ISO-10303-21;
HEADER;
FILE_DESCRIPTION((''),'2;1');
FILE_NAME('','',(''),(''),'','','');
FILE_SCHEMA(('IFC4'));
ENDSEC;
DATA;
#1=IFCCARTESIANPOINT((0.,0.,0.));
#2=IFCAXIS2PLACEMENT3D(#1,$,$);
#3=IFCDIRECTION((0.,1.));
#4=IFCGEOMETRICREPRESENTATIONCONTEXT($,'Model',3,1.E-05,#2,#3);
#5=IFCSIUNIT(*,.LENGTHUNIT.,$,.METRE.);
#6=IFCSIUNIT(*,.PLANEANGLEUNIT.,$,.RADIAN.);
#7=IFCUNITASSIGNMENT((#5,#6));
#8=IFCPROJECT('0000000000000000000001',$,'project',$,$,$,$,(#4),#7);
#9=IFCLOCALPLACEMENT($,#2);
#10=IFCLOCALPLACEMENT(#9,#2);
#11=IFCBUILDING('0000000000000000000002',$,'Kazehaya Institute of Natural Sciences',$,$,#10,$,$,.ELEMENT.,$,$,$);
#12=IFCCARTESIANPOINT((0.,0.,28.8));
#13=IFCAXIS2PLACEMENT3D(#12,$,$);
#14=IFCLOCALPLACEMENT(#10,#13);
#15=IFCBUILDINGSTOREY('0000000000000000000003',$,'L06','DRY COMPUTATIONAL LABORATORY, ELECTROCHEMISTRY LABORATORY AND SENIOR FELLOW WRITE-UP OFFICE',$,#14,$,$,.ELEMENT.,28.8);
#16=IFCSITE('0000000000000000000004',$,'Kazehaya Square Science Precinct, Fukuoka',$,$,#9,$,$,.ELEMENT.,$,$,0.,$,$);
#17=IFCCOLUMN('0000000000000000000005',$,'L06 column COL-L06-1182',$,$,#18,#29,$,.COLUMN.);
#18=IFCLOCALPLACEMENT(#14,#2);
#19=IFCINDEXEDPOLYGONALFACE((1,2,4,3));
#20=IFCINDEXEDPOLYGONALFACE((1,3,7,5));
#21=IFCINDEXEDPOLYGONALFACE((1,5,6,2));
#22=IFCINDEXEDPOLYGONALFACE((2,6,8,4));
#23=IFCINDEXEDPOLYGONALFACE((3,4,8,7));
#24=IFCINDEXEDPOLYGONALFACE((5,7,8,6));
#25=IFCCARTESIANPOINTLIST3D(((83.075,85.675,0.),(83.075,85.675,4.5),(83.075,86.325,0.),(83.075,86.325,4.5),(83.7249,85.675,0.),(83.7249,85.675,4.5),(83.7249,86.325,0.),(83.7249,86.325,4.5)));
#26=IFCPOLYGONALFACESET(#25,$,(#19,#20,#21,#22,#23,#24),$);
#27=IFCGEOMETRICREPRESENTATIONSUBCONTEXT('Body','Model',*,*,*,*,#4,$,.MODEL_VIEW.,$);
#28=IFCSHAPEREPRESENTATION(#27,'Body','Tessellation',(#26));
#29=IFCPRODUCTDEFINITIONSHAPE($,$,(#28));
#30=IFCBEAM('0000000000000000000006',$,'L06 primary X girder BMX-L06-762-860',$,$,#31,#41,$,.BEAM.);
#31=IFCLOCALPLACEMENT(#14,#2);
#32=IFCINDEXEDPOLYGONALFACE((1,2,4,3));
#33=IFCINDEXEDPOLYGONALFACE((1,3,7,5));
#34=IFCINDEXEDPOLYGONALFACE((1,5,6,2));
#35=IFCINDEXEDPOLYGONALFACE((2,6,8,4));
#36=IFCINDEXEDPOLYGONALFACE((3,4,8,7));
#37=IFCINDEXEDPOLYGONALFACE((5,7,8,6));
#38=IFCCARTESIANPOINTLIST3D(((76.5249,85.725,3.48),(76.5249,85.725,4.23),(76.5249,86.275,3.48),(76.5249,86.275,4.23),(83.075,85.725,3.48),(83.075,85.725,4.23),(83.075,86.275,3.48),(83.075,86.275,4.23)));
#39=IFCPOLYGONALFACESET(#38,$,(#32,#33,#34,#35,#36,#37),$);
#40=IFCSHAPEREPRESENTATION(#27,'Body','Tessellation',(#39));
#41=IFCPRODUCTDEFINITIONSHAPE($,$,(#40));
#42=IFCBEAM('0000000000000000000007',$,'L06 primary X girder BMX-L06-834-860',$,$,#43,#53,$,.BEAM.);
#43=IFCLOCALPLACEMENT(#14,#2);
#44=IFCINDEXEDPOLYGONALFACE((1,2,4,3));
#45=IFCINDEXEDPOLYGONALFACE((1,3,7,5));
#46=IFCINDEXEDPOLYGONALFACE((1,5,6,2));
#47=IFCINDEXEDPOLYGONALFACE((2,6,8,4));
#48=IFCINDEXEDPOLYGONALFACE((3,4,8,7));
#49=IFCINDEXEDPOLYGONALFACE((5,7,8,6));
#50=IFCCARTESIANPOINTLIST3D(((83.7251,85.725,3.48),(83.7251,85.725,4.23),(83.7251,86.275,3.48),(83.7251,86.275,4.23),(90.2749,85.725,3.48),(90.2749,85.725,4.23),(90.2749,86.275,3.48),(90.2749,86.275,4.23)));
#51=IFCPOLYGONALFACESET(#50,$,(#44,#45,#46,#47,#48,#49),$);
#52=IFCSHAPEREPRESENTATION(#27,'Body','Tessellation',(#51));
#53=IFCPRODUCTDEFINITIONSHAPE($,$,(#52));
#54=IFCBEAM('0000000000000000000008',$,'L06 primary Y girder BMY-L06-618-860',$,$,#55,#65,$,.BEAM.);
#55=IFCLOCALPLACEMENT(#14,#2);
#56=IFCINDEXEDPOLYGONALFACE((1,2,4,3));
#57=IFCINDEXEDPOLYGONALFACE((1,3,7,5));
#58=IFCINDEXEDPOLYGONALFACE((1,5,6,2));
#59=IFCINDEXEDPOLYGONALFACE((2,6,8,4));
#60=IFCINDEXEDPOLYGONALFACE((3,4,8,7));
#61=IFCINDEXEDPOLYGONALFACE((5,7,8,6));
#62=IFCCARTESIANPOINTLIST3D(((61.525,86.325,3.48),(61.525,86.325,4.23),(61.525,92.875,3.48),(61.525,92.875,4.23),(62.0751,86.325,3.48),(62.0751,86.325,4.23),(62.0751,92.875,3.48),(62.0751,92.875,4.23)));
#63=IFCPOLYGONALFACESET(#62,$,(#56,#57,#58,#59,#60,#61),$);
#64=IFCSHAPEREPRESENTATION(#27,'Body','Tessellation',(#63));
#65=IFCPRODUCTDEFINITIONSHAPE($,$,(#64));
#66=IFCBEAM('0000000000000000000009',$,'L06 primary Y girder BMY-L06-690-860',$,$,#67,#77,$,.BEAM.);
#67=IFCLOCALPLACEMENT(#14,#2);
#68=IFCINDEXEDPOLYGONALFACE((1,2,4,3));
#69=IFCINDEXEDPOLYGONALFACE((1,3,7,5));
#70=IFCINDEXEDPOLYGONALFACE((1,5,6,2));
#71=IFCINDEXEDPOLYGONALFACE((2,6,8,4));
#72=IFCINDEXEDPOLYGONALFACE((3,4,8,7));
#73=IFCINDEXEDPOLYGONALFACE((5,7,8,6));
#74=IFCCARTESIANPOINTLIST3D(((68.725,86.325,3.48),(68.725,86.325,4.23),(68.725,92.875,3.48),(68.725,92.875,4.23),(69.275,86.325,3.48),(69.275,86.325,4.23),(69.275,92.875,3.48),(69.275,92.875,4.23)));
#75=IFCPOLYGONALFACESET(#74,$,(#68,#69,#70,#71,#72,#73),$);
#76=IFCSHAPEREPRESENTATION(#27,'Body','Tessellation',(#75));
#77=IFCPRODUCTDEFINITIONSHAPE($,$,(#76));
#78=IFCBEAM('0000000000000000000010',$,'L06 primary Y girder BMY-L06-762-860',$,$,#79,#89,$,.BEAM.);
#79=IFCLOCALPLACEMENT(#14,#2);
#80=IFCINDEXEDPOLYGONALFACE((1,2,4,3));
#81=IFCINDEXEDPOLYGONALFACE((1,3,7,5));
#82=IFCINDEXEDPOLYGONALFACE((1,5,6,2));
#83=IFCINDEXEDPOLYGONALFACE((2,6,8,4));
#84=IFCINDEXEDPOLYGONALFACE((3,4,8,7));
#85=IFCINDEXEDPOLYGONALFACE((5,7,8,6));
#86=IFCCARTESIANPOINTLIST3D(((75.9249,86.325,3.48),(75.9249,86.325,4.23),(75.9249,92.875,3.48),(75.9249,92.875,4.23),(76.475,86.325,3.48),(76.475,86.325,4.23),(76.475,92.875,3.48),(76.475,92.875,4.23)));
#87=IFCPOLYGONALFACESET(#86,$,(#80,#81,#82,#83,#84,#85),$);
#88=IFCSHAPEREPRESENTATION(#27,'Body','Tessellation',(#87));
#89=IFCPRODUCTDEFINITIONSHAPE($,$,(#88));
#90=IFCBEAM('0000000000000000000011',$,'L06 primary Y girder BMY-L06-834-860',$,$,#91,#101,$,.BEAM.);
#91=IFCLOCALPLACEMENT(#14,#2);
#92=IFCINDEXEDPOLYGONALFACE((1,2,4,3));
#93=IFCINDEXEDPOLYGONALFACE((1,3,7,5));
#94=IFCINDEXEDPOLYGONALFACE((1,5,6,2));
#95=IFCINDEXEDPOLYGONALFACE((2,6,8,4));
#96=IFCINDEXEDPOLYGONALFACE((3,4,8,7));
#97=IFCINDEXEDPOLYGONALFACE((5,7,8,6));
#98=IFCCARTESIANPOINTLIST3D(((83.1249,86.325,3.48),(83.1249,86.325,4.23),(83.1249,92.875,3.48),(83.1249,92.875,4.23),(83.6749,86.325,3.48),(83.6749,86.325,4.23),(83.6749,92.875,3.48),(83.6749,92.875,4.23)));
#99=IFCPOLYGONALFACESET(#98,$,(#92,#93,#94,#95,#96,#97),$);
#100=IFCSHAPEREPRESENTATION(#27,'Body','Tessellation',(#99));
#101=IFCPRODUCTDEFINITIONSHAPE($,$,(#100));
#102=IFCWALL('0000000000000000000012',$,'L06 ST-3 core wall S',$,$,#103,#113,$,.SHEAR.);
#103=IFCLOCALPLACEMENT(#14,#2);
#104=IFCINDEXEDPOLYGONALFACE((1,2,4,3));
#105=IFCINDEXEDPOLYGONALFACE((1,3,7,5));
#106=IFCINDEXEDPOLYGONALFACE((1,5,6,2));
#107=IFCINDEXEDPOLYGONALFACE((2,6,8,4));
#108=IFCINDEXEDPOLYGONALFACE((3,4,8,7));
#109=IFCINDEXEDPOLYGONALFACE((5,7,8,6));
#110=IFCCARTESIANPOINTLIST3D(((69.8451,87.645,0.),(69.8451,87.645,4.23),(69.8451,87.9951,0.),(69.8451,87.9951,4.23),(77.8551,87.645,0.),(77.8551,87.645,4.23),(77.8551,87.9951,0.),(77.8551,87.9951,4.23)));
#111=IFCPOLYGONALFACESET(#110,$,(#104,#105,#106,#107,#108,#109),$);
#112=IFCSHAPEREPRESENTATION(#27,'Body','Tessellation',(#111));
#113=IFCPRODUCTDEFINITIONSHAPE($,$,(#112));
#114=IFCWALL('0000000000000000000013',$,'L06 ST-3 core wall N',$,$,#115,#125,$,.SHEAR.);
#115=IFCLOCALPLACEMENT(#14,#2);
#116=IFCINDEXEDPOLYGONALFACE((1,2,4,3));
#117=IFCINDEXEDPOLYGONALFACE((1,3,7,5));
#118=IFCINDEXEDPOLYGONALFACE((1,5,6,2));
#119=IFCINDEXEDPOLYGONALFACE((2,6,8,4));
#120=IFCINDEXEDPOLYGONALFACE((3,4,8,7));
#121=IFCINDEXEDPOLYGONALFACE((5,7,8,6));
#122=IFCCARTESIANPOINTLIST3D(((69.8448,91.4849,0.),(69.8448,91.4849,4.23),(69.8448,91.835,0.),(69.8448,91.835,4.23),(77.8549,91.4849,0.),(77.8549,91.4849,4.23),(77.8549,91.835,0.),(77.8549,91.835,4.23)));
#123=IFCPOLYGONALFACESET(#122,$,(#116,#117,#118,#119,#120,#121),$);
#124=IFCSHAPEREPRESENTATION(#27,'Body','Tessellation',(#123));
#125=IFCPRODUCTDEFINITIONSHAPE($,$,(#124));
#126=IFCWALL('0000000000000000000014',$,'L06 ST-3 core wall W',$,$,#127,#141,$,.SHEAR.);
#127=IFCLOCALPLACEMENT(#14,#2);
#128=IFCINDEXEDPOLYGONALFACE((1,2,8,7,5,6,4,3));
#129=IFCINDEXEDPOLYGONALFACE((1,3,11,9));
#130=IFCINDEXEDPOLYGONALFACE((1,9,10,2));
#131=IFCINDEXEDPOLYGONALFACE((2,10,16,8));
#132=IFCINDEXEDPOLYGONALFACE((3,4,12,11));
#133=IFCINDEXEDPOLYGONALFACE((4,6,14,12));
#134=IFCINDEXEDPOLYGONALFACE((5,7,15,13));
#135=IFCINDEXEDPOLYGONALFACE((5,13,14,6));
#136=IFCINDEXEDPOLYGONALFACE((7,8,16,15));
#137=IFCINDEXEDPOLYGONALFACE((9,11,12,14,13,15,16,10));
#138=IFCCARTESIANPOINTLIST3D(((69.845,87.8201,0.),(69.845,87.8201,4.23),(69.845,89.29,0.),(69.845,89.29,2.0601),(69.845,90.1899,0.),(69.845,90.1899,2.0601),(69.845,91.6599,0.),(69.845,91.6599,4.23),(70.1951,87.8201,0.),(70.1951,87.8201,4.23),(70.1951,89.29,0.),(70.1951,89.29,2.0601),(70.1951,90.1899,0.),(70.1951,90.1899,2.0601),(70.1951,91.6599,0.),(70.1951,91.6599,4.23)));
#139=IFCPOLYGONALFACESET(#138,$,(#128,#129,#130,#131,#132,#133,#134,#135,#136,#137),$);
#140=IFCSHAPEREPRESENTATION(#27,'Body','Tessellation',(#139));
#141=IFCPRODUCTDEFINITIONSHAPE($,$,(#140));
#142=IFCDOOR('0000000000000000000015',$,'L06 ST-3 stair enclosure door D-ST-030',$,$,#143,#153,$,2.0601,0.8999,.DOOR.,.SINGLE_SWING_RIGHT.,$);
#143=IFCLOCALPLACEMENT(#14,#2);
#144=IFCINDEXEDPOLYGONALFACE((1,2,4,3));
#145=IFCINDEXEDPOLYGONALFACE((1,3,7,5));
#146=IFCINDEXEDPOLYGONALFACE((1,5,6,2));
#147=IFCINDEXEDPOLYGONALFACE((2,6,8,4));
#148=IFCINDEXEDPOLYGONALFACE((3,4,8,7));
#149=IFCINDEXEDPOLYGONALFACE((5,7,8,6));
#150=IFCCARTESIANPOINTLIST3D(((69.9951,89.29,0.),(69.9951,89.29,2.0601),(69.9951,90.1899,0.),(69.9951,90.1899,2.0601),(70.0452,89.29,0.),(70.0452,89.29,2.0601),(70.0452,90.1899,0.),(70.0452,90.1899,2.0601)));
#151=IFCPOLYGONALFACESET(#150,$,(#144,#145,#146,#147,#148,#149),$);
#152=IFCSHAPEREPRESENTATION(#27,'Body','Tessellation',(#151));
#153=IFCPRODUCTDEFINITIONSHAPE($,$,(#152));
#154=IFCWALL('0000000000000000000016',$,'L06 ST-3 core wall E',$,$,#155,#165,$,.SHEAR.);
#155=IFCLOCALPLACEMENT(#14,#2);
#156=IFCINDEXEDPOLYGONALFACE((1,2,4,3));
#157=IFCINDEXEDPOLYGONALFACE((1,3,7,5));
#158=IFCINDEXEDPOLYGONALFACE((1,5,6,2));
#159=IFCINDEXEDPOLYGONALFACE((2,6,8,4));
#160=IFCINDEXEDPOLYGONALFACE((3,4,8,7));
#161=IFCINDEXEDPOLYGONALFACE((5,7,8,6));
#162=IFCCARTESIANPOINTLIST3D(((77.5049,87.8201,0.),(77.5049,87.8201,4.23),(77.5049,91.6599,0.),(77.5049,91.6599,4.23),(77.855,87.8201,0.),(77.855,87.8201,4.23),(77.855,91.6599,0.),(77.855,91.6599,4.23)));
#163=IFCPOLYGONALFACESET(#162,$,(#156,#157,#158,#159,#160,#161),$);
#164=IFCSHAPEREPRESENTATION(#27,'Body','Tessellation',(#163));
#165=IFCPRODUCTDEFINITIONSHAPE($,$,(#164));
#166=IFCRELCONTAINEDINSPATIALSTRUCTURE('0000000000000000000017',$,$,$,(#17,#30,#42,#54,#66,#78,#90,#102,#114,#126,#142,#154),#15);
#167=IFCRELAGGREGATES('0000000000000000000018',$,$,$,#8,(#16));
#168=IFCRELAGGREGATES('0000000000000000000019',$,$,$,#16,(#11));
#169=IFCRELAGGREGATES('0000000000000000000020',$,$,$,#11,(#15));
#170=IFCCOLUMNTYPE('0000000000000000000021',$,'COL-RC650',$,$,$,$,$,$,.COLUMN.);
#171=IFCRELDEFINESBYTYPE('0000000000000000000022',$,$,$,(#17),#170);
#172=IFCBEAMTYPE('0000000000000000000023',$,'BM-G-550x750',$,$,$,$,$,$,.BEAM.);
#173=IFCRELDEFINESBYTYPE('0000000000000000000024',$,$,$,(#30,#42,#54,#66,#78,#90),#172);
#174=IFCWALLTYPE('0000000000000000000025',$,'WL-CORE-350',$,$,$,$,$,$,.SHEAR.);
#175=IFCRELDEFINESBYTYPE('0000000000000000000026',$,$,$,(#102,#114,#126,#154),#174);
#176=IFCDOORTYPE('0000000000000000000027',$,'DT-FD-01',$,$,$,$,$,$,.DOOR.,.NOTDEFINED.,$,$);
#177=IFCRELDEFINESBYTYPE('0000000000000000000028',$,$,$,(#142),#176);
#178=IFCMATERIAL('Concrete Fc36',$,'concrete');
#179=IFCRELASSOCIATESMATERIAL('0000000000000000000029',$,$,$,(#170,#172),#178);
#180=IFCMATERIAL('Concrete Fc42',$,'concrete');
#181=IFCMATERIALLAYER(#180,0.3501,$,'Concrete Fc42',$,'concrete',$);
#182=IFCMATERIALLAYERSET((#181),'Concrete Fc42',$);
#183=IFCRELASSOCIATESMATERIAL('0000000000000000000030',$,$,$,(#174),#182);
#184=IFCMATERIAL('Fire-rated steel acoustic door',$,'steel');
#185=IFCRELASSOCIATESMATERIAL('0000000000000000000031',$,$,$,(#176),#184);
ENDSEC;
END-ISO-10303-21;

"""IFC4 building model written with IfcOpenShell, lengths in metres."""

from ifc_helpers import new_model, si_unit, direction, frame, frame_2d, origin, origin_2d, place, context, subcontext, project, spatial, rectangle, extrude, material, layer, layer_set, material_profile, profile_set, type_object, element, fill, save


model = new_model("IFC4")

# Units and contexts
model_context = context("Model", 3, precision=1e-05, world=origin(), true_north=direction((0.0, 1.0)))
body_context = subcontext(model_context, "Body", "Model", "MODEL_VIEW")
ifc_project = project(units=[si_unit("LENGTHUNIT", "METRE"), si_unit("PLANEANGLEUNIT", "RADIAN")], contexts=[model_context])

# Site, building, storey
site_placement = place(None, origin())
site = spatial("IfcSite", under=ifc_project, at=site_placement, Name="Kazehaya Square Science Precinct, Fukuoka", CompositionType="ELEMENT", RefElevation=0.0)
building_placement = place(site_placement, origin())
building = spatial("IfcBuilding", under=site, at=building_placement, Name="Kazehaya Institute of Natural Sciences", CompositionType="ELEMENT")
storey_placement = place(building_placement, frame((0.0, 0.0, 28.8)))
storey = spatial("IfcBuildingStorey", under=building, at=storey_placement, Name="L06", Description="DRY COMPUTATIONAL LABORATORY, ELECTROCHEMISTRY LABORATORY AND SENIOR FELLOW WRITE-UP OFFICE", CompositionType="ELEMENT", Elevation=28.8)

# Column
ifc_material_1 = material(Name="Concrete Fc36", Category="concrete")
ifc_material_profile_1 = material_profile(ifc_material_1, rectangle(XDim=0.6499, YDim=0.6499, at=origin_2d()), Name="RC-650x650")
ifc_profile_set_1 = profile_set([ifc_material_profile_1], Name="Concrete Fc36")
column_type = type_object("IfcColumnType", Name="COL-RC650", PredefinedType="COLUMN", material=ifc_profile_set_1)
column_placement = place(storey_placement, frame((83.3999, 86.0, 0.0), z_axis=(0.0, 0.0, 1.0), x_axis=(1.0, 0.0, 0.0)))
element("IfcColumn", 1, at=column_placement, inside=storey, type_object=column_type, Name="L06 column COL-L06-1182", PredefinedType="COLUMN", context=body_context, shape_type="SweptSolid", body=[
    extrude(rectangle(XDim=0.6499, YDim=0.6499, at=origin_2d()), origin(), (0.0, 0.0, 1.0), 4.5),
])

# Beams
ifc_material_profile_2 = material_profile(ifc_material_1, rectangle(XDim=0.55, YDim=0.75, at=origin_2d()), Name="RC-550x750")
ifc_profile_set_2 = profile_set([ifc_material_profile_2], Name="Concrete Fc36")
beam_type = type_object("IfcBeamType", Name="BM-G-550x750", PredefinedType="BEAM", material=ifc_profile_set_2)
beam_1_placement = place(storey_placement, frame((76.5249, 86.0, 3.855), z_axis=(1.0, 0.0, 0.0), x_axis=(0.0, 1.0, 0.0)))
element("IfcBeam", 2, at=beam_1_placement, inside=storey, type_object=beam_type, Name="L06 primary X girder BMX-L06-762-860", PredefinedType="BEAM", context=body_context, shape_type="SweptSolid", body=[
    extrude(rectangle(XDim=0.55, YDim=0.75, at=origin_2d()), origin(), (0.0, 0.0, 1.0), 6.55),
])
beam_2_placement = place(storey_placement, frame((83.7251, 86.0, 3.855), z_axis=(1.0, 0.0, 0.0), x_axis=(0.0, 1.0, 0.0)))
element("IfcBeam", 3, at=beam_2_placement, inside=storey, type_object=beam_type, Name="L06 primary X girder BMX-L06-834-860", PredefinedType="BEAM", context=body_context, shape_type="SweptSolid", body=[
    extrude(rectangle(XDim=0.55, YDim=0.75, at=origin_2d()), origin(), (0.0, 0.0, 1.0), 6.5498),
])
for number, where, z_axis, x_axis, name in (
    (4, (61.8, 86.325, 3.855), (0.0, 1.0, 0.0), (-1.0, 0.0, 0.0), "L06 primary Y girder BMY-L06-618-860"),
    (5, (69.0, 86.325, 3.855), (0.0, 1.0, 0.0), (-1.0, 0.0, 0.0), "L06 primary Y girder BMY-L06-690-860"),
    (6, (76.2, 86.325, 3.855), (0.0, 1.0, 0.0), (-1.0, 0.0, 0.0), "L06 primary Y girder BMY-L06-762-860"),
    (7, (83.3999, 86.325, 3.855), (0.0, 1.0, 0.0), (-1.0, 0.0, 0.0), "L06 primary Y girder BMY-L06-834-860"),
):
    element("IfcBeam", number, at=place(storey_placement, frame(where, z_axis=z_axis, x_axis=x_axis)), inside=storey, type_object=beam_type, Name=name, PredefinedType="BEAM", context=body_context, shape_type="SweptSolid", body=[
        extrude(rectangle(XDim=0.55, YDim=0.75, at=origin_2d()), origin(), (0.0, 0.0, 1.0), 6.55),
    ])

# Walls
ifc_material_2 = material(Name="Concrete Fc42", Category="concrete")
ifc_layer_1 = layer(ifc_material_2, 0.3501, Name="Concrete Fc42", Category="concrete")
ifc_layer_set_1 = layer_set([ifc_layer_1], Name="Concrete Fc42")
wall_type_1 = type_object("IfcWallType", Name="WL-CORE-350", PredefinedType="SHEAR", material=ifc_layer_set_1)
for number, where, z_axis, x_axis, name in (
    (8, (77.855, 87.8201, 0.0), (0.0, 0.0, 1.0), (-1.0, 0.0, 0.0), "L06 ST-3 core wall S"),
    (9, (69.845, 91.6599, 0.0), (0.0, 0.0, 1.0), (1.0, 0.0, 0.0), "L06 ST-3 core wall N"),
):
    element("IfcWall", number, at=place(storey_placement, frame(where, z_axis=z_axis, x_axis=x_axis)), inside=storey, type_object=wall_type_1, Name=name, PredefinedType="SHEAR", context=body_context, shape_type="SweptSolid", body=[
        extrude(rectangle(XDim=8.01, YDim=0.3501, at=frame_2d((4.0049, 0.0))), origin(), (0.0, 0.0, 1.0), 4.23),
    ])

# Wall, opening, door
wall_1_placement = place(storey_placement, frame((70.02, 87.8201, 0.0), z_axis=(0.0, 0.0, 1.0), x_axis=(0.0, 1.0, 0.0)))
wall_1 = element("IfcWall", 10, at=wall_1_placement, inside=storey, type_object=wall_type_1, Name="L06 ST-3 core wall W", PredefinedType="SHEAR", context=body_context, shape_type="SweptSolid", body=[
    extrude(rectangle(XDim=3.8398, YDim=0.3501, at=frame_2d((1.9199, 0.0))), origin(), (0.0, 0.0, 1.0), 4.23),
])
opening_1_placement = place(wall_1_placement, frame((1.47, 0.0, 0.0)))
opening_1 = element("IfcOpeningElement", 11, at=opening_1_placement, cuts=wall_1, PredefinedType="OPENING", context=body_context, shape_type="SweptSolid", body=[
    extrude(rectangle(XDim=0.8999, YDim=2.0601, at=frame_2d((0.45, 1.03))), frame((0.0, 0.1851, 0.0), z_axis=(0.0, -1.0, 0.0), x_axis=(1.0, 0.0, 0.0)), (0.0, 0.0, 1.0), 0.3701),
])
ifc_material_3 = material(Name="Fire-rated steel acoustic door", Category="steel")
door_type_1 = type_object("IfcDoorType", Name="DT-FD-01", OperationType="NOTDEFINED", PredefinedType="DOOR", material=ifc_material_3)
door_1_placement = place(opening_1_placement, origin())
door_1 = element("IfcDoor", 12, at=door_1_placement, inside=storey, type_object=door_type_1, Name="L06 ST-3 stair enclosure door D-ST-030", OperationType="SINGLE_SWING_RIGHT", OverallHeight=2.0601, OverallWidth=0.8999, PredefinedType="DOOR", context=body_context, shape_type="SweptSolid", body=[
    extrude(rectangle(XDim=0.8999, YDim=2.0601, at=frame_2d((0.45, 1.03))), frame((0.0, 0.0249, 0.0), z_axis=(0.0, -1.0, 0.0), x_axis=(1.0, 0.0, 0.0)), (0.0, 0.0, 1.0), 0.05),
])
fill(opening_1, door_1)

# Wall
wall_2_placement = place(storey_placement, frame((77.6799, 91.6599, 0.0), z_axis=(0.0, 0.0, 1.0), x_axis=(0.0, -1.0, 0.0)))
element("IfcWall", 13, at=wall_2_placement, inside=storey, type_object=wall_type_1, Name="L06 ST-3 core wall E", PredefinedType="SHEAR", context=body_context, shape_type="SweptSolid", body=[
    extrude(rectangle(XDim=3.8398, YDim=0.3501, at=frame_2d((1.9199, 0.0))), origin(), (0.0, 0.0, 1.0), 4.23),
])

save(model, "model.ifc")
